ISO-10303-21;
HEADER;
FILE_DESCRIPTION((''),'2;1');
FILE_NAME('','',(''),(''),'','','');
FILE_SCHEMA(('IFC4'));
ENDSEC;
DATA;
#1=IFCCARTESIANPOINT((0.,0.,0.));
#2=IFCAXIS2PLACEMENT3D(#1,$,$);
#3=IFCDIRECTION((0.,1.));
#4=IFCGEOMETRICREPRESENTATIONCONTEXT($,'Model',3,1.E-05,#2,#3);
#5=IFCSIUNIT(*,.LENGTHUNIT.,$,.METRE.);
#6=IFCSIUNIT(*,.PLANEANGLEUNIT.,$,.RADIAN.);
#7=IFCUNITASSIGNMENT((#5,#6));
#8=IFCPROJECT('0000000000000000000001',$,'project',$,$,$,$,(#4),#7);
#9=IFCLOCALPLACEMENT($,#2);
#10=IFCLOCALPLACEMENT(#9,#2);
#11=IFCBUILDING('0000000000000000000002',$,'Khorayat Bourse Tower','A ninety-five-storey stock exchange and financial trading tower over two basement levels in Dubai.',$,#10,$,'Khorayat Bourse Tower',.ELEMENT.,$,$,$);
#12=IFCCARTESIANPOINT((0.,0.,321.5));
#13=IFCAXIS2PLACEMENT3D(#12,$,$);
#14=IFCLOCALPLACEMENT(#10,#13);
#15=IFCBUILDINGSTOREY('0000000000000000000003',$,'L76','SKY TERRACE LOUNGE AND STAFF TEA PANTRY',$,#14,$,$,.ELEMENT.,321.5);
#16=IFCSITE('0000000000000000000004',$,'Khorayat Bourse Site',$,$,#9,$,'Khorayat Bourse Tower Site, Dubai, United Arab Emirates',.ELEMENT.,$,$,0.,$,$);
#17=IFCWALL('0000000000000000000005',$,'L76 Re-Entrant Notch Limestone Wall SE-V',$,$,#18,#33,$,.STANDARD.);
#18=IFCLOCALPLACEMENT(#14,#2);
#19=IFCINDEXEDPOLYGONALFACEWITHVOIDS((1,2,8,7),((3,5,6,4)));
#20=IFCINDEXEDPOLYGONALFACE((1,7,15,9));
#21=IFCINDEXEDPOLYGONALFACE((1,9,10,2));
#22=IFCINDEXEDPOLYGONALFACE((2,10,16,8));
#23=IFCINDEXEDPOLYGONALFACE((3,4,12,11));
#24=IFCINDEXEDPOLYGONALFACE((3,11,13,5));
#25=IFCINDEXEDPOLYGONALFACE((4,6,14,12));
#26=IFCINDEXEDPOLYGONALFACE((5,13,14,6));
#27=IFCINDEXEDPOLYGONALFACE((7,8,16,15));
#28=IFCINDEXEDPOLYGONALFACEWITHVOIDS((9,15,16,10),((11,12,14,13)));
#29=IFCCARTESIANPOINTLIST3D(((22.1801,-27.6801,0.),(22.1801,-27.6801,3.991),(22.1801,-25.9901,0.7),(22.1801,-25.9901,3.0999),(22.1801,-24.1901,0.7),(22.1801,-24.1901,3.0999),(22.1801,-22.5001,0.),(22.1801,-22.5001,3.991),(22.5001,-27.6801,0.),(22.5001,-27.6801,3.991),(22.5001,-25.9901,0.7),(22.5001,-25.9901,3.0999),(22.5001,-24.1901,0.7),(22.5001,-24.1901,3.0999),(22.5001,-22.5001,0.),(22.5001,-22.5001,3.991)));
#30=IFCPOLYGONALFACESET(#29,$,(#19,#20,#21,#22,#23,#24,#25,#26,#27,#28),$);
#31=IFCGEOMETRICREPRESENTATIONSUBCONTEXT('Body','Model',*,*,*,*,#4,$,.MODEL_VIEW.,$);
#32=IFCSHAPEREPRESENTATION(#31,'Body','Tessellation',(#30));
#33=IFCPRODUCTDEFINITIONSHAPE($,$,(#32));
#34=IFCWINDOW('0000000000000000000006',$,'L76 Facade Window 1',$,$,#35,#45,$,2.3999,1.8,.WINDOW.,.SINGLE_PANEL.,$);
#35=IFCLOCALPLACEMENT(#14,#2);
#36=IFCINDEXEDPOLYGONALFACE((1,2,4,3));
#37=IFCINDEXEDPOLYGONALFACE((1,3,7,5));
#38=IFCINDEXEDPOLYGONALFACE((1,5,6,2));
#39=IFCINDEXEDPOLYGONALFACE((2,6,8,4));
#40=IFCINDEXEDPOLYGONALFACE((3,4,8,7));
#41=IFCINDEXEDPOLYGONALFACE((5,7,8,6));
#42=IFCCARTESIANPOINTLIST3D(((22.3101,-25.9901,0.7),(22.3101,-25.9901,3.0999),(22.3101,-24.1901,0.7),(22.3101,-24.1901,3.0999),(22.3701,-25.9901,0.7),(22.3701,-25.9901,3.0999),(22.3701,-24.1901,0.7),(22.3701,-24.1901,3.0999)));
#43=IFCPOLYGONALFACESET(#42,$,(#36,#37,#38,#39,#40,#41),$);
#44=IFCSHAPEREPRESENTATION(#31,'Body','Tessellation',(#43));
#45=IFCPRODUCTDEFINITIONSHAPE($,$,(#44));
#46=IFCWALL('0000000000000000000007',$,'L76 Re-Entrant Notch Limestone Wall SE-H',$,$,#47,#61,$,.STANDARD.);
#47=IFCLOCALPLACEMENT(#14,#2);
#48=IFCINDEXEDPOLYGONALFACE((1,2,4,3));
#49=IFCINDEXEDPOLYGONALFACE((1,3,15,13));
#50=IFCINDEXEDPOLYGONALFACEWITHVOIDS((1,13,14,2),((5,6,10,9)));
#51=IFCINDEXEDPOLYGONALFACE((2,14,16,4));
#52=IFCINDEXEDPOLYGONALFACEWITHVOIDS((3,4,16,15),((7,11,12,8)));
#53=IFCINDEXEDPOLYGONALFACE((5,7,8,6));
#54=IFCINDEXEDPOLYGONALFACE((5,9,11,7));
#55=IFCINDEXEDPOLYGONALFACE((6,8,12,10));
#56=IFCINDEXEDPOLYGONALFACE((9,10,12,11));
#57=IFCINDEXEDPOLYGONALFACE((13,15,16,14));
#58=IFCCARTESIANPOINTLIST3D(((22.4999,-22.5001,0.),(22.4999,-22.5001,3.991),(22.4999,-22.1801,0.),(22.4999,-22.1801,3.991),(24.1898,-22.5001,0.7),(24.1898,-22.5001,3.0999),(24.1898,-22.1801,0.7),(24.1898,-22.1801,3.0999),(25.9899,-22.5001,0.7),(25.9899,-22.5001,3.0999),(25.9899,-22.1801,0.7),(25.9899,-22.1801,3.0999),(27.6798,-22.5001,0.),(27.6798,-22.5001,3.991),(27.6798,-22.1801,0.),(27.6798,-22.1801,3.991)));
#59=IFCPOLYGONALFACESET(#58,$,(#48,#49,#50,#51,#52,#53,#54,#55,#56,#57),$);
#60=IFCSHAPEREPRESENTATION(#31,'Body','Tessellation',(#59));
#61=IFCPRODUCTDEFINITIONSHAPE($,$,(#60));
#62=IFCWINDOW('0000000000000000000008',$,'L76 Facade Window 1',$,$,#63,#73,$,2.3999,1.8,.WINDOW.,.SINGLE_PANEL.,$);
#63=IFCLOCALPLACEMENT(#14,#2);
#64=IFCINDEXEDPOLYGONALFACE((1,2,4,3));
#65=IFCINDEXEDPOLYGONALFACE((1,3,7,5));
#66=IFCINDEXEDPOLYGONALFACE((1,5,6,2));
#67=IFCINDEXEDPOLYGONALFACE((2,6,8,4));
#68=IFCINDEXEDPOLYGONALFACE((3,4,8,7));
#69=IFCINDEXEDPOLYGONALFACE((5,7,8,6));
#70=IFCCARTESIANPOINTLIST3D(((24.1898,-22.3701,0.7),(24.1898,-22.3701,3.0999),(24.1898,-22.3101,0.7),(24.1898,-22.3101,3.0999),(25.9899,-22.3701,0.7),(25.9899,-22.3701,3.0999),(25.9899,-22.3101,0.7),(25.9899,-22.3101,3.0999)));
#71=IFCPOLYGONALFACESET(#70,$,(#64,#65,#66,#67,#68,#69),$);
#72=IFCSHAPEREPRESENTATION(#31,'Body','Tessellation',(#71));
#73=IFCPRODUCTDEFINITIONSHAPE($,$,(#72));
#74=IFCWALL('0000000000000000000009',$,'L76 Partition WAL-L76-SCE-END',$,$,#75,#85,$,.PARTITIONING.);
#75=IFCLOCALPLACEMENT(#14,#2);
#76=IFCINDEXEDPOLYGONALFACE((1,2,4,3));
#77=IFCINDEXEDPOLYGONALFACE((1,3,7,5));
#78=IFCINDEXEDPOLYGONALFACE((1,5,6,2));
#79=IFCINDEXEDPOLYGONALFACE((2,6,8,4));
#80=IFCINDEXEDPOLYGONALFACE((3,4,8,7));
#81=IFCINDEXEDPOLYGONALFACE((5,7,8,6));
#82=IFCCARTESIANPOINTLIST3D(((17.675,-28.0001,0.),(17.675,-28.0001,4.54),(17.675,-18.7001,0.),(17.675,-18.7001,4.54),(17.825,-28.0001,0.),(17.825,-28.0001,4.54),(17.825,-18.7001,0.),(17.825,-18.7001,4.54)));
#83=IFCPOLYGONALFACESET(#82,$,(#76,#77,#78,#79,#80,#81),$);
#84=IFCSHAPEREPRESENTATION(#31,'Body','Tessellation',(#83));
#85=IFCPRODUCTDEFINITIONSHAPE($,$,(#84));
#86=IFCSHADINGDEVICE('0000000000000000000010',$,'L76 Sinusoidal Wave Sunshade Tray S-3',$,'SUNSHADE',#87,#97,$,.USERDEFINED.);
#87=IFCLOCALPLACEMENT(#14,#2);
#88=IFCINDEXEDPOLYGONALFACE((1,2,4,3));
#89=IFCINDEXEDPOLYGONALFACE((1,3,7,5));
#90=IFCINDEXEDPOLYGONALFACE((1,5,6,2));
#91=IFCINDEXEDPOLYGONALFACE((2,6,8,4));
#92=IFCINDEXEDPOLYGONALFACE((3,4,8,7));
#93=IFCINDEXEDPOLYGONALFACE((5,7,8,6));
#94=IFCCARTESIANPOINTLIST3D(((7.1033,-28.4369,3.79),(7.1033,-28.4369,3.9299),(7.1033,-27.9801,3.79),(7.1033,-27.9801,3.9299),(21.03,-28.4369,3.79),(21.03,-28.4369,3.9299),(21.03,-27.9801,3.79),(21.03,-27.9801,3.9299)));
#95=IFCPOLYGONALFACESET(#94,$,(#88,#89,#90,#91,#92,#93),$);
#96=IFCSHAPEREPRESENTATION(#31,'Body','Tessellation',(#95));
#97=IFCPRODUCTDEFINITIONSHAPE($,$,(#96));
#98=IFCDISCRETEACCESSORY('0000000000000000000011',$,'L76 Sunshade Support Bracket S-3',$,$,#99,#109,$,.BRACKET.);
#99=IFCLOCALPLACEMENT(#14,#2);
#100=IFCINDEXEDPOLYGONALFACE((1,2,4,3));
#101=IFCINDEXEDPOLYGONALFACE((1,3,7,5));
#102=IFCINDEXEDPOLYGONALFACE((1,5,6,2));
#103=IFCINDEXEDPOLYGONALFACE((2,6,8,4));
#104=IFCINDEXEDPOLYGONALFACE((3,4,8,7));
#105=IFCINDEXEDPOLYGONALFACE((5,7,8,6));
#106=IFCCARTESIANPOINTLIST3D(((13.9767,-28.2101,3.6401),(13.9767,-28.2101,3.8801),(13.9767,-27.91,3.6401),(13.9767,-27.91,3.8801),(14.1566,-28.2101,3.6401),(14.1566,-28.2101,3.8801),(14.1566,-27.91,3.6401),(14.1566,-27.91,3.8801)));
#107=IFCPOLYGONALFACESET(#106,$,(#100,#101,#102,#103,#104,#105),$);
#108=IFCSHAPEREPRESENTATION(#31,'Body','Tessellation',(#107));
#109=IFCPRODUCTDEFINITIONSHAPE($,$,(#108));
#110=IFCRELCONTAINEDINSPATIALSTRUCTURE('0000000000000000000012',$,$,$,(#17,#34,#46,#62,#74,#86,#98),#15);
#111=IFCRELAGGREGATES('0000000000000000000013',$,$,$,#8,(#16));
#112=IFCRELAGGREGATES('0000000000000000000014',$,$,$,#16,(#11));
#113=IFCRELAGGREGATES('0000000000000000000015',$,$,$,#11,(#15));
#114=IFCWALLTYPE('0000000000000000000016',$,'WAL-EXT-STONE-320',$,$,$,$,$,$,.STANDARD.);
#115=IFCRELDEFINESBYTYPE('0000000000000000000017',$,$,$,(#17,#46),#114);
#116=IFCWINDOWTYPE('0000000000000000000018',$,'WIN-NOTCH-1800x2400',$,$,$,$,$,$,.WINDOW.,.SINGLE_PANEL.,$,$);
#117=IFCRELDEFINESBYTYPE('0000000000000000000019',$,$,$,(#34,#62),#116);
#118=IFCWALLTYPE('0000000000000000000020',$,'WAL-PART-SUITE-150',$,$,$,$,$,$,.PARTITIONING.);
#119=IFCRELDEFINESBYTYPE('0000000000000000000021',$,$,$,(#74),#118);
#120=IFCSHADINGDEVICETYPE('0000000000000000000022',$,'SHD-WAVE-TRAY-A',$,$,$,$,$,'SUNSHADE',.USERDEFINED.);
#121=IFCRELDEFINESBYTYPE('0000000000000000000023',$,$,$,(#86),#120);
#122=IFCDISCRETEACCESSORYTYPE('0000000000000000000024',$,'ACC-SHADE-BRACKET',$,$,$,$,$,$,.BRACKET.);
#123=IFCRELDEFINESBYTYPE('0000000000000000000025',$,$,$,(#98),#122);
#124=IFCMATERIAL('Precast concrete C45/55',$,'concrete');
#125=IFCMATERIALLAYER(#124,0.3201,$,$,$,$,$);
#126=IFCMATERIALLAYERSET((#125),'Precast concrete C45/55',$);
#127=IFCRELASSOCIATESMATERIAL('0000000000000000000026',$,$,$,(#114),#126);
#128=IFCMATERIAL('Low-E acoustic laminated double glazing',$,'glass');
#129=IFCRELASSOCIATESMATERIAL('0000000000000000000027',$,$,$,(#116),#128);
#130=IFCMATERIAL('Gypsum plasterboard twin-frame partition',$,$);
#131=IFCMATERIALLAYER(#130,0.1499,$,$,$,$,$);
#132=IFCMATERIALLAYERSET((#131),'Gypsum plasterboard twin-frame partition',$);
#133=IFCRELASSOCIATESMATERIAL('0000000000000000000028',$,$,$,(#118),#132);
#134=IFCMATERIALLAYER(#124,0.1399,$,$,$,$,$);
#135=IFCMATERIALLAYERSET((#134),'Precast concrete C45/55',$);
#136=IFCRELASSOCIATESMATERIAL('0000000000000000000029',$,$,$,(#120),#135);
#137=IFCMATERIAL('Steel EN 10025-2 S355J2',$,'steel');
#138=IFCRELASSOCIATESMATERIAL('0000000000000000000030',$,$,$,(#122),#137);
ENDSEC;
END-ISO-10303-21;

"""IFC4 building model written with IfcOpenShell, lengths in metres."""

from ifc_helpers import new_model, si_unit, direction, frame, frame_2d, origin, origin_2d, place, context, subcontext, project, spatial, rectangle, extrude, source, transform, mapped, material, layer, layer_set, type_object, element, fill, save


model = new_model("IFC4")

# Units and contexts
model_context = context("Model", 3, precision=1e-05, world=origin(), true_north=direction((0.0, 1.0)))
body_context = subcontext(model_context, "Body", "Model", "MODEL_VIEW")
ifc_project = project(units=[si_unit("LENGTHUNIT", "METRE"), si_unit("PLANEANGLEUNIT", "RADIAN")], contexts=[model_context])

# Site, building, storey
site_placement = place(None, origin())
site = spatial("IfcSite", under=ifc_project, at=site_placement, Name="Khorayat Bourse Site", LongName="Khorayat Bourse Tower Site, Dubai, United Arab Emirates", CompositionType="ELEMENT", RefElevation=0.0)
building_placement = place(site_placement, origin())
building = spatial("IfcBuilding", under=site, at=building_placement, Name="Khorayat Bourse Tower", Description="A ninety-five-storey stock exchange and financial trading tower over two basement levels in Dubai.", LongName="Khorayat Bourse Tower", CompositionType="ELEMENT")
storey_placement = place(building_placement, frame((0.0, 0.0, 321.5)))
storey = spatial("IfcBuildingStorey", under=building, at=storey_placement, Name="L76", Description="SKY TERRACE LOUNGE AND STAFF TEA PANTRY", CompositionType="ELEMENT", Elevation=321.5)

# Shared definitions
ifc_material_1 = material(Name="Steel EN 10025-2 S355J2", Category="steel")

# Walls, openings, windows
ifc_material_2 = material(Name="Precast concrete C45/55", Category="concrete")
ifc_layer_1 = layer(ifc_material_2, 0.3201)
ifc_layer_set_1 = layer_set([ifc_layer_1], Name="Precast concrete C45/55")
wall_type_1 = type_object("IfcWallType", Name="WAL-EXT-STONE-320", PredefinedType="STANDARD", material=ifc_layer_set_1)
shared_shape_1 = source(origin(), body_context, "Body", "SweptSolid", [
    extrude(rectangle(XDim=5.1799, YDim=0.3201, at=frame_2d((2.5898, 0.0))), origin(), (0.0, 0.0, 1.0), 3.991),
])
wall_1_placement = place(storey_placement, frame((22.3401, -27.6799, 0.0), z_axis=(0.0, 0.0, 1.0), x_axis=(0.0, 1.0, 0.0)))
wall_1 = element("IfcWall", 1, at=wall_1_placement, inside=storey, type_object=wall_type_1, Name="L76 Re-Entrant Notch Limestone Wall SE-V", PredefinedType="STANDARD", context=body_context, shape_type="MappedRepresentation", body=[
    mapped(shared_shape_1, transform((0.0, 0.0, 0.0), scale=1.0)),
])
shared_shape_2 = source(origin(), body_context, "Body", "SweptSolid", [
    extrude(rectangle(XDim=1.8, YDim=2.3999, at=frame_2d((0.8999, 1.2))), frame((0.0, 0.1699, 0.0), z_axis=(0.0, -1.0, 0.0), x_axis=(1.0, 0.0, 0.0)), (0.0, 0.0, 1.0), 0.3401),
])
opening_1_placement = place(wall_1_placement, frame((1.6899, 0.0, 0.7)))
opening_1 = element("IfcOpeningElement", 2, at=opening_1_placement, cuts=wall_1, PredefinedType="OPENING", context=body_context, shape_type="MappedRepresentation", body=[
    mapped(shared_shape_2, transform((0.0, 0.0, 0.0), scale=1.0)),
])
ifc_material_3 = material(Name="Low-E acoustic laminated double glazing", Category="glass")
window_type = type_object("IfcWindowType", Name="WIN-NOTCH-1800x2400", PartitioningType="SINGLE_PANEL", PredefinedType="WINDOW", material=ifc_material_3)
shared_shape_3 = source(origin(), body_context, "Body", "SweptSolid", [
    extrude(rectangle(XDim=1.8, YDim=2.3999, at=frame_2d((0.8999, 1.2))), frame((0.0, 0.03, 0.0), z_axis=(0.0, -1.0, 0.0), x_axis=(1.0, 0.0, 0.0)), (0.0, 0.0, 1.0), 0.0601),
])
window_1_placement = place(opening_1_placement, origin())
window_1 = element("IfcWindow", 3, at=window_1_placement, inside=storey, type_object=window_type, Name="L76 Facade Window 1", OverallHeight=2.3999, OverallWidth=1.8, PartitioningType="SINGLE_PANEL", PredefinedType="WINDOW", context=body_context, shape_type="MappedRepresentation", body=[
    mapped(shared_shape_3, transform((0.0, 0.0, 0.0), scale=1.0)),
])
fill(opening_1, window_1)
wall_2_placement = place(storey_placement, frame((22.5, -22.3401, 0.0), z_axis=(0.0, 0.0, 1.0), x_axis=(1.0, 0.0, 0.0)))
wall_2 = element("IfcWall", 4, at=wall_2_placement, inside=storey, type_object=wall_type_1, Name="L76 Re-Entrant Notch Limestone Wall SE-H", PredefinedType="STANDARD", context=body_context, shape_type="MappedRepresentation", body=[
    mapped(shared_shape_1, transform((0.0, 0.0, 0.0), scale=1.0)),
])
opening_2_placement = place(wall_2_placement, frame((1.6899, 0.0, 0.7)))
opening_2 = element("IfcOpeningElement", 5, at=opening_2_placement, cuts=wall_2, PredefinedType="OPENING", context=body_context, shape_type="MappedRepresentation", body=[
    mapped(shared_shape_2, transform((0.0, 0.0, 0.0), scale=1.0)),
])
window_2_placement = place(opening_2_placement, origin())
window_2 = element("IfcWindow", 6, at=window_2_placement, inside=storey, type_object=window_type, Name="L76 Facade Window 1", OverallHeight=2.3999, OverallWidth=1.8, PartitioningType="SINGLE_PANEL", PredefinedType="WINDOW", context=body_context, shape_type="MappedRepresentation", body=[
    mapped(shared_shape_3, transform((0.0, 0.0, 0.0), scale=1.0)),
])
fill(opening_2, window_2)

# Wall
ifc_material_4 = material(Name="Gypsum plasterboard twin-frame partition")
ifc_layer_2 = layer(ifc_material_4, 0.1499)
ifc_layer_set_2 = layer_set([ifc_layer_2], Name="Gypsum plasterboard twin-frame partition")
wall_type_2 = type_object("IfcWallType", Name="WAL-PART-SUITE-150", PredefinedType="PARTITIONING", material=ifc_layer_set_2)
shared_shape_4 = source(origin(), body_context, "Body", "SweptSolid", [
    extrude(rectangle(XDim=9.3, YDim=0.1499, at=frame_2d((4.6499, 0.0))), origin(), (0.0, 0.0, 1.0), 4.54),
])
wall_3_placement = place(storey_placement, frame((17.75, -28.0, 0.0), z_axis=(0.0, 0.0, 1.0), x_axis=(0.0, 1.0, 0.0)))
element("IfcWall", 7, at=wall_3_placement, inside=storey, type_object=wall_type_2, Name="L76 Partition WAL-L76-SCE-END", PredefinedType="PARTITIONING", context=body_context, shape_type="MappedRepresentation", body=[
    mapped(shared_shape_4, transform((0.0, 0.0, 0.0), scale=1.0)),
])

# Shading device
ifc_layer_3 = layer(ifc_material_2, 0.1399)
ifc_layer_set_3 = layer_set([ifc_layer_3], Name="Precast concrete C45/55")
shading_device_type = type_object("IfcShadingDeviceType", Name="SHD-WAVE-TRAY-A", ElementType="SUNSHADE", PredefinedType="USERDEFINED", material=ifc_layer_set_3)
shared_shape_5 = source(origin(), body_context, "Body", "SweptSolid", [
    extrude(rectangle(XDim=13.9268, YDim=0.4568, at=origin_2d()), origin(), (0.0, 0.0, 1.0), 0.1399),
])
shading_device_placement = place(storey_placement, frame((14.0667, -28.2085, 3.79), z_axis=(0.0, 0.0, 1.0), x_axis=(1.0, 0.0, 0.0)))
element("IfcShadingDevice", 8, at=shading_device_placement, inside=storey, type_object=shading_device_type, Name="L76 Sinusoidal Wave Sunshade Tray S-3", ObjectType="SUNSHADE", PredefinedType="USERDEFINED", context=body_context, shape_type="MappedRepresentation", body=[
    mapped(shared_shape_5, transform((0.0, 0.0, 0.0), scale=1.0)),
])

# Discrete accessory
discrete_accessory_type = type_object("IfcDiscreteAccessoryType", Name="ACC-SHADE-BRACKET", PredefinedType="BRACKET", material=ifc_material_1)
shared_shape_6 = source(origin(), body_context, "Body", "SweptSolid", [
    extrude(rectangle(XDim=0.1799, YDim=0.3, at=origin_2d()), origin(), (0.0, 0.0, 1.0), 0.24),
])
discrete_accessory_placement = place(storey_placement, frame((14.0667, -28.0601, 3.6401), z_axis=(0.0, 0.0, 1.0), x_axis=(1.0, 0.0, 0.0)))
element("IfcDiscreteAccessory", 9, at=discrete_accessory_placement, inside=storey, type_object=discrete_accessory_type, Name="L76 Sunshade Support Bracket S-3", PredefinedType="BRACKET", context=body_context, shape_type="MappedRepresentation", body=[
    mapped(shared_shape_6, transform((0.0, 0.0, 0.0), scale=1.0)),
])

save(model, "model.ifc")
